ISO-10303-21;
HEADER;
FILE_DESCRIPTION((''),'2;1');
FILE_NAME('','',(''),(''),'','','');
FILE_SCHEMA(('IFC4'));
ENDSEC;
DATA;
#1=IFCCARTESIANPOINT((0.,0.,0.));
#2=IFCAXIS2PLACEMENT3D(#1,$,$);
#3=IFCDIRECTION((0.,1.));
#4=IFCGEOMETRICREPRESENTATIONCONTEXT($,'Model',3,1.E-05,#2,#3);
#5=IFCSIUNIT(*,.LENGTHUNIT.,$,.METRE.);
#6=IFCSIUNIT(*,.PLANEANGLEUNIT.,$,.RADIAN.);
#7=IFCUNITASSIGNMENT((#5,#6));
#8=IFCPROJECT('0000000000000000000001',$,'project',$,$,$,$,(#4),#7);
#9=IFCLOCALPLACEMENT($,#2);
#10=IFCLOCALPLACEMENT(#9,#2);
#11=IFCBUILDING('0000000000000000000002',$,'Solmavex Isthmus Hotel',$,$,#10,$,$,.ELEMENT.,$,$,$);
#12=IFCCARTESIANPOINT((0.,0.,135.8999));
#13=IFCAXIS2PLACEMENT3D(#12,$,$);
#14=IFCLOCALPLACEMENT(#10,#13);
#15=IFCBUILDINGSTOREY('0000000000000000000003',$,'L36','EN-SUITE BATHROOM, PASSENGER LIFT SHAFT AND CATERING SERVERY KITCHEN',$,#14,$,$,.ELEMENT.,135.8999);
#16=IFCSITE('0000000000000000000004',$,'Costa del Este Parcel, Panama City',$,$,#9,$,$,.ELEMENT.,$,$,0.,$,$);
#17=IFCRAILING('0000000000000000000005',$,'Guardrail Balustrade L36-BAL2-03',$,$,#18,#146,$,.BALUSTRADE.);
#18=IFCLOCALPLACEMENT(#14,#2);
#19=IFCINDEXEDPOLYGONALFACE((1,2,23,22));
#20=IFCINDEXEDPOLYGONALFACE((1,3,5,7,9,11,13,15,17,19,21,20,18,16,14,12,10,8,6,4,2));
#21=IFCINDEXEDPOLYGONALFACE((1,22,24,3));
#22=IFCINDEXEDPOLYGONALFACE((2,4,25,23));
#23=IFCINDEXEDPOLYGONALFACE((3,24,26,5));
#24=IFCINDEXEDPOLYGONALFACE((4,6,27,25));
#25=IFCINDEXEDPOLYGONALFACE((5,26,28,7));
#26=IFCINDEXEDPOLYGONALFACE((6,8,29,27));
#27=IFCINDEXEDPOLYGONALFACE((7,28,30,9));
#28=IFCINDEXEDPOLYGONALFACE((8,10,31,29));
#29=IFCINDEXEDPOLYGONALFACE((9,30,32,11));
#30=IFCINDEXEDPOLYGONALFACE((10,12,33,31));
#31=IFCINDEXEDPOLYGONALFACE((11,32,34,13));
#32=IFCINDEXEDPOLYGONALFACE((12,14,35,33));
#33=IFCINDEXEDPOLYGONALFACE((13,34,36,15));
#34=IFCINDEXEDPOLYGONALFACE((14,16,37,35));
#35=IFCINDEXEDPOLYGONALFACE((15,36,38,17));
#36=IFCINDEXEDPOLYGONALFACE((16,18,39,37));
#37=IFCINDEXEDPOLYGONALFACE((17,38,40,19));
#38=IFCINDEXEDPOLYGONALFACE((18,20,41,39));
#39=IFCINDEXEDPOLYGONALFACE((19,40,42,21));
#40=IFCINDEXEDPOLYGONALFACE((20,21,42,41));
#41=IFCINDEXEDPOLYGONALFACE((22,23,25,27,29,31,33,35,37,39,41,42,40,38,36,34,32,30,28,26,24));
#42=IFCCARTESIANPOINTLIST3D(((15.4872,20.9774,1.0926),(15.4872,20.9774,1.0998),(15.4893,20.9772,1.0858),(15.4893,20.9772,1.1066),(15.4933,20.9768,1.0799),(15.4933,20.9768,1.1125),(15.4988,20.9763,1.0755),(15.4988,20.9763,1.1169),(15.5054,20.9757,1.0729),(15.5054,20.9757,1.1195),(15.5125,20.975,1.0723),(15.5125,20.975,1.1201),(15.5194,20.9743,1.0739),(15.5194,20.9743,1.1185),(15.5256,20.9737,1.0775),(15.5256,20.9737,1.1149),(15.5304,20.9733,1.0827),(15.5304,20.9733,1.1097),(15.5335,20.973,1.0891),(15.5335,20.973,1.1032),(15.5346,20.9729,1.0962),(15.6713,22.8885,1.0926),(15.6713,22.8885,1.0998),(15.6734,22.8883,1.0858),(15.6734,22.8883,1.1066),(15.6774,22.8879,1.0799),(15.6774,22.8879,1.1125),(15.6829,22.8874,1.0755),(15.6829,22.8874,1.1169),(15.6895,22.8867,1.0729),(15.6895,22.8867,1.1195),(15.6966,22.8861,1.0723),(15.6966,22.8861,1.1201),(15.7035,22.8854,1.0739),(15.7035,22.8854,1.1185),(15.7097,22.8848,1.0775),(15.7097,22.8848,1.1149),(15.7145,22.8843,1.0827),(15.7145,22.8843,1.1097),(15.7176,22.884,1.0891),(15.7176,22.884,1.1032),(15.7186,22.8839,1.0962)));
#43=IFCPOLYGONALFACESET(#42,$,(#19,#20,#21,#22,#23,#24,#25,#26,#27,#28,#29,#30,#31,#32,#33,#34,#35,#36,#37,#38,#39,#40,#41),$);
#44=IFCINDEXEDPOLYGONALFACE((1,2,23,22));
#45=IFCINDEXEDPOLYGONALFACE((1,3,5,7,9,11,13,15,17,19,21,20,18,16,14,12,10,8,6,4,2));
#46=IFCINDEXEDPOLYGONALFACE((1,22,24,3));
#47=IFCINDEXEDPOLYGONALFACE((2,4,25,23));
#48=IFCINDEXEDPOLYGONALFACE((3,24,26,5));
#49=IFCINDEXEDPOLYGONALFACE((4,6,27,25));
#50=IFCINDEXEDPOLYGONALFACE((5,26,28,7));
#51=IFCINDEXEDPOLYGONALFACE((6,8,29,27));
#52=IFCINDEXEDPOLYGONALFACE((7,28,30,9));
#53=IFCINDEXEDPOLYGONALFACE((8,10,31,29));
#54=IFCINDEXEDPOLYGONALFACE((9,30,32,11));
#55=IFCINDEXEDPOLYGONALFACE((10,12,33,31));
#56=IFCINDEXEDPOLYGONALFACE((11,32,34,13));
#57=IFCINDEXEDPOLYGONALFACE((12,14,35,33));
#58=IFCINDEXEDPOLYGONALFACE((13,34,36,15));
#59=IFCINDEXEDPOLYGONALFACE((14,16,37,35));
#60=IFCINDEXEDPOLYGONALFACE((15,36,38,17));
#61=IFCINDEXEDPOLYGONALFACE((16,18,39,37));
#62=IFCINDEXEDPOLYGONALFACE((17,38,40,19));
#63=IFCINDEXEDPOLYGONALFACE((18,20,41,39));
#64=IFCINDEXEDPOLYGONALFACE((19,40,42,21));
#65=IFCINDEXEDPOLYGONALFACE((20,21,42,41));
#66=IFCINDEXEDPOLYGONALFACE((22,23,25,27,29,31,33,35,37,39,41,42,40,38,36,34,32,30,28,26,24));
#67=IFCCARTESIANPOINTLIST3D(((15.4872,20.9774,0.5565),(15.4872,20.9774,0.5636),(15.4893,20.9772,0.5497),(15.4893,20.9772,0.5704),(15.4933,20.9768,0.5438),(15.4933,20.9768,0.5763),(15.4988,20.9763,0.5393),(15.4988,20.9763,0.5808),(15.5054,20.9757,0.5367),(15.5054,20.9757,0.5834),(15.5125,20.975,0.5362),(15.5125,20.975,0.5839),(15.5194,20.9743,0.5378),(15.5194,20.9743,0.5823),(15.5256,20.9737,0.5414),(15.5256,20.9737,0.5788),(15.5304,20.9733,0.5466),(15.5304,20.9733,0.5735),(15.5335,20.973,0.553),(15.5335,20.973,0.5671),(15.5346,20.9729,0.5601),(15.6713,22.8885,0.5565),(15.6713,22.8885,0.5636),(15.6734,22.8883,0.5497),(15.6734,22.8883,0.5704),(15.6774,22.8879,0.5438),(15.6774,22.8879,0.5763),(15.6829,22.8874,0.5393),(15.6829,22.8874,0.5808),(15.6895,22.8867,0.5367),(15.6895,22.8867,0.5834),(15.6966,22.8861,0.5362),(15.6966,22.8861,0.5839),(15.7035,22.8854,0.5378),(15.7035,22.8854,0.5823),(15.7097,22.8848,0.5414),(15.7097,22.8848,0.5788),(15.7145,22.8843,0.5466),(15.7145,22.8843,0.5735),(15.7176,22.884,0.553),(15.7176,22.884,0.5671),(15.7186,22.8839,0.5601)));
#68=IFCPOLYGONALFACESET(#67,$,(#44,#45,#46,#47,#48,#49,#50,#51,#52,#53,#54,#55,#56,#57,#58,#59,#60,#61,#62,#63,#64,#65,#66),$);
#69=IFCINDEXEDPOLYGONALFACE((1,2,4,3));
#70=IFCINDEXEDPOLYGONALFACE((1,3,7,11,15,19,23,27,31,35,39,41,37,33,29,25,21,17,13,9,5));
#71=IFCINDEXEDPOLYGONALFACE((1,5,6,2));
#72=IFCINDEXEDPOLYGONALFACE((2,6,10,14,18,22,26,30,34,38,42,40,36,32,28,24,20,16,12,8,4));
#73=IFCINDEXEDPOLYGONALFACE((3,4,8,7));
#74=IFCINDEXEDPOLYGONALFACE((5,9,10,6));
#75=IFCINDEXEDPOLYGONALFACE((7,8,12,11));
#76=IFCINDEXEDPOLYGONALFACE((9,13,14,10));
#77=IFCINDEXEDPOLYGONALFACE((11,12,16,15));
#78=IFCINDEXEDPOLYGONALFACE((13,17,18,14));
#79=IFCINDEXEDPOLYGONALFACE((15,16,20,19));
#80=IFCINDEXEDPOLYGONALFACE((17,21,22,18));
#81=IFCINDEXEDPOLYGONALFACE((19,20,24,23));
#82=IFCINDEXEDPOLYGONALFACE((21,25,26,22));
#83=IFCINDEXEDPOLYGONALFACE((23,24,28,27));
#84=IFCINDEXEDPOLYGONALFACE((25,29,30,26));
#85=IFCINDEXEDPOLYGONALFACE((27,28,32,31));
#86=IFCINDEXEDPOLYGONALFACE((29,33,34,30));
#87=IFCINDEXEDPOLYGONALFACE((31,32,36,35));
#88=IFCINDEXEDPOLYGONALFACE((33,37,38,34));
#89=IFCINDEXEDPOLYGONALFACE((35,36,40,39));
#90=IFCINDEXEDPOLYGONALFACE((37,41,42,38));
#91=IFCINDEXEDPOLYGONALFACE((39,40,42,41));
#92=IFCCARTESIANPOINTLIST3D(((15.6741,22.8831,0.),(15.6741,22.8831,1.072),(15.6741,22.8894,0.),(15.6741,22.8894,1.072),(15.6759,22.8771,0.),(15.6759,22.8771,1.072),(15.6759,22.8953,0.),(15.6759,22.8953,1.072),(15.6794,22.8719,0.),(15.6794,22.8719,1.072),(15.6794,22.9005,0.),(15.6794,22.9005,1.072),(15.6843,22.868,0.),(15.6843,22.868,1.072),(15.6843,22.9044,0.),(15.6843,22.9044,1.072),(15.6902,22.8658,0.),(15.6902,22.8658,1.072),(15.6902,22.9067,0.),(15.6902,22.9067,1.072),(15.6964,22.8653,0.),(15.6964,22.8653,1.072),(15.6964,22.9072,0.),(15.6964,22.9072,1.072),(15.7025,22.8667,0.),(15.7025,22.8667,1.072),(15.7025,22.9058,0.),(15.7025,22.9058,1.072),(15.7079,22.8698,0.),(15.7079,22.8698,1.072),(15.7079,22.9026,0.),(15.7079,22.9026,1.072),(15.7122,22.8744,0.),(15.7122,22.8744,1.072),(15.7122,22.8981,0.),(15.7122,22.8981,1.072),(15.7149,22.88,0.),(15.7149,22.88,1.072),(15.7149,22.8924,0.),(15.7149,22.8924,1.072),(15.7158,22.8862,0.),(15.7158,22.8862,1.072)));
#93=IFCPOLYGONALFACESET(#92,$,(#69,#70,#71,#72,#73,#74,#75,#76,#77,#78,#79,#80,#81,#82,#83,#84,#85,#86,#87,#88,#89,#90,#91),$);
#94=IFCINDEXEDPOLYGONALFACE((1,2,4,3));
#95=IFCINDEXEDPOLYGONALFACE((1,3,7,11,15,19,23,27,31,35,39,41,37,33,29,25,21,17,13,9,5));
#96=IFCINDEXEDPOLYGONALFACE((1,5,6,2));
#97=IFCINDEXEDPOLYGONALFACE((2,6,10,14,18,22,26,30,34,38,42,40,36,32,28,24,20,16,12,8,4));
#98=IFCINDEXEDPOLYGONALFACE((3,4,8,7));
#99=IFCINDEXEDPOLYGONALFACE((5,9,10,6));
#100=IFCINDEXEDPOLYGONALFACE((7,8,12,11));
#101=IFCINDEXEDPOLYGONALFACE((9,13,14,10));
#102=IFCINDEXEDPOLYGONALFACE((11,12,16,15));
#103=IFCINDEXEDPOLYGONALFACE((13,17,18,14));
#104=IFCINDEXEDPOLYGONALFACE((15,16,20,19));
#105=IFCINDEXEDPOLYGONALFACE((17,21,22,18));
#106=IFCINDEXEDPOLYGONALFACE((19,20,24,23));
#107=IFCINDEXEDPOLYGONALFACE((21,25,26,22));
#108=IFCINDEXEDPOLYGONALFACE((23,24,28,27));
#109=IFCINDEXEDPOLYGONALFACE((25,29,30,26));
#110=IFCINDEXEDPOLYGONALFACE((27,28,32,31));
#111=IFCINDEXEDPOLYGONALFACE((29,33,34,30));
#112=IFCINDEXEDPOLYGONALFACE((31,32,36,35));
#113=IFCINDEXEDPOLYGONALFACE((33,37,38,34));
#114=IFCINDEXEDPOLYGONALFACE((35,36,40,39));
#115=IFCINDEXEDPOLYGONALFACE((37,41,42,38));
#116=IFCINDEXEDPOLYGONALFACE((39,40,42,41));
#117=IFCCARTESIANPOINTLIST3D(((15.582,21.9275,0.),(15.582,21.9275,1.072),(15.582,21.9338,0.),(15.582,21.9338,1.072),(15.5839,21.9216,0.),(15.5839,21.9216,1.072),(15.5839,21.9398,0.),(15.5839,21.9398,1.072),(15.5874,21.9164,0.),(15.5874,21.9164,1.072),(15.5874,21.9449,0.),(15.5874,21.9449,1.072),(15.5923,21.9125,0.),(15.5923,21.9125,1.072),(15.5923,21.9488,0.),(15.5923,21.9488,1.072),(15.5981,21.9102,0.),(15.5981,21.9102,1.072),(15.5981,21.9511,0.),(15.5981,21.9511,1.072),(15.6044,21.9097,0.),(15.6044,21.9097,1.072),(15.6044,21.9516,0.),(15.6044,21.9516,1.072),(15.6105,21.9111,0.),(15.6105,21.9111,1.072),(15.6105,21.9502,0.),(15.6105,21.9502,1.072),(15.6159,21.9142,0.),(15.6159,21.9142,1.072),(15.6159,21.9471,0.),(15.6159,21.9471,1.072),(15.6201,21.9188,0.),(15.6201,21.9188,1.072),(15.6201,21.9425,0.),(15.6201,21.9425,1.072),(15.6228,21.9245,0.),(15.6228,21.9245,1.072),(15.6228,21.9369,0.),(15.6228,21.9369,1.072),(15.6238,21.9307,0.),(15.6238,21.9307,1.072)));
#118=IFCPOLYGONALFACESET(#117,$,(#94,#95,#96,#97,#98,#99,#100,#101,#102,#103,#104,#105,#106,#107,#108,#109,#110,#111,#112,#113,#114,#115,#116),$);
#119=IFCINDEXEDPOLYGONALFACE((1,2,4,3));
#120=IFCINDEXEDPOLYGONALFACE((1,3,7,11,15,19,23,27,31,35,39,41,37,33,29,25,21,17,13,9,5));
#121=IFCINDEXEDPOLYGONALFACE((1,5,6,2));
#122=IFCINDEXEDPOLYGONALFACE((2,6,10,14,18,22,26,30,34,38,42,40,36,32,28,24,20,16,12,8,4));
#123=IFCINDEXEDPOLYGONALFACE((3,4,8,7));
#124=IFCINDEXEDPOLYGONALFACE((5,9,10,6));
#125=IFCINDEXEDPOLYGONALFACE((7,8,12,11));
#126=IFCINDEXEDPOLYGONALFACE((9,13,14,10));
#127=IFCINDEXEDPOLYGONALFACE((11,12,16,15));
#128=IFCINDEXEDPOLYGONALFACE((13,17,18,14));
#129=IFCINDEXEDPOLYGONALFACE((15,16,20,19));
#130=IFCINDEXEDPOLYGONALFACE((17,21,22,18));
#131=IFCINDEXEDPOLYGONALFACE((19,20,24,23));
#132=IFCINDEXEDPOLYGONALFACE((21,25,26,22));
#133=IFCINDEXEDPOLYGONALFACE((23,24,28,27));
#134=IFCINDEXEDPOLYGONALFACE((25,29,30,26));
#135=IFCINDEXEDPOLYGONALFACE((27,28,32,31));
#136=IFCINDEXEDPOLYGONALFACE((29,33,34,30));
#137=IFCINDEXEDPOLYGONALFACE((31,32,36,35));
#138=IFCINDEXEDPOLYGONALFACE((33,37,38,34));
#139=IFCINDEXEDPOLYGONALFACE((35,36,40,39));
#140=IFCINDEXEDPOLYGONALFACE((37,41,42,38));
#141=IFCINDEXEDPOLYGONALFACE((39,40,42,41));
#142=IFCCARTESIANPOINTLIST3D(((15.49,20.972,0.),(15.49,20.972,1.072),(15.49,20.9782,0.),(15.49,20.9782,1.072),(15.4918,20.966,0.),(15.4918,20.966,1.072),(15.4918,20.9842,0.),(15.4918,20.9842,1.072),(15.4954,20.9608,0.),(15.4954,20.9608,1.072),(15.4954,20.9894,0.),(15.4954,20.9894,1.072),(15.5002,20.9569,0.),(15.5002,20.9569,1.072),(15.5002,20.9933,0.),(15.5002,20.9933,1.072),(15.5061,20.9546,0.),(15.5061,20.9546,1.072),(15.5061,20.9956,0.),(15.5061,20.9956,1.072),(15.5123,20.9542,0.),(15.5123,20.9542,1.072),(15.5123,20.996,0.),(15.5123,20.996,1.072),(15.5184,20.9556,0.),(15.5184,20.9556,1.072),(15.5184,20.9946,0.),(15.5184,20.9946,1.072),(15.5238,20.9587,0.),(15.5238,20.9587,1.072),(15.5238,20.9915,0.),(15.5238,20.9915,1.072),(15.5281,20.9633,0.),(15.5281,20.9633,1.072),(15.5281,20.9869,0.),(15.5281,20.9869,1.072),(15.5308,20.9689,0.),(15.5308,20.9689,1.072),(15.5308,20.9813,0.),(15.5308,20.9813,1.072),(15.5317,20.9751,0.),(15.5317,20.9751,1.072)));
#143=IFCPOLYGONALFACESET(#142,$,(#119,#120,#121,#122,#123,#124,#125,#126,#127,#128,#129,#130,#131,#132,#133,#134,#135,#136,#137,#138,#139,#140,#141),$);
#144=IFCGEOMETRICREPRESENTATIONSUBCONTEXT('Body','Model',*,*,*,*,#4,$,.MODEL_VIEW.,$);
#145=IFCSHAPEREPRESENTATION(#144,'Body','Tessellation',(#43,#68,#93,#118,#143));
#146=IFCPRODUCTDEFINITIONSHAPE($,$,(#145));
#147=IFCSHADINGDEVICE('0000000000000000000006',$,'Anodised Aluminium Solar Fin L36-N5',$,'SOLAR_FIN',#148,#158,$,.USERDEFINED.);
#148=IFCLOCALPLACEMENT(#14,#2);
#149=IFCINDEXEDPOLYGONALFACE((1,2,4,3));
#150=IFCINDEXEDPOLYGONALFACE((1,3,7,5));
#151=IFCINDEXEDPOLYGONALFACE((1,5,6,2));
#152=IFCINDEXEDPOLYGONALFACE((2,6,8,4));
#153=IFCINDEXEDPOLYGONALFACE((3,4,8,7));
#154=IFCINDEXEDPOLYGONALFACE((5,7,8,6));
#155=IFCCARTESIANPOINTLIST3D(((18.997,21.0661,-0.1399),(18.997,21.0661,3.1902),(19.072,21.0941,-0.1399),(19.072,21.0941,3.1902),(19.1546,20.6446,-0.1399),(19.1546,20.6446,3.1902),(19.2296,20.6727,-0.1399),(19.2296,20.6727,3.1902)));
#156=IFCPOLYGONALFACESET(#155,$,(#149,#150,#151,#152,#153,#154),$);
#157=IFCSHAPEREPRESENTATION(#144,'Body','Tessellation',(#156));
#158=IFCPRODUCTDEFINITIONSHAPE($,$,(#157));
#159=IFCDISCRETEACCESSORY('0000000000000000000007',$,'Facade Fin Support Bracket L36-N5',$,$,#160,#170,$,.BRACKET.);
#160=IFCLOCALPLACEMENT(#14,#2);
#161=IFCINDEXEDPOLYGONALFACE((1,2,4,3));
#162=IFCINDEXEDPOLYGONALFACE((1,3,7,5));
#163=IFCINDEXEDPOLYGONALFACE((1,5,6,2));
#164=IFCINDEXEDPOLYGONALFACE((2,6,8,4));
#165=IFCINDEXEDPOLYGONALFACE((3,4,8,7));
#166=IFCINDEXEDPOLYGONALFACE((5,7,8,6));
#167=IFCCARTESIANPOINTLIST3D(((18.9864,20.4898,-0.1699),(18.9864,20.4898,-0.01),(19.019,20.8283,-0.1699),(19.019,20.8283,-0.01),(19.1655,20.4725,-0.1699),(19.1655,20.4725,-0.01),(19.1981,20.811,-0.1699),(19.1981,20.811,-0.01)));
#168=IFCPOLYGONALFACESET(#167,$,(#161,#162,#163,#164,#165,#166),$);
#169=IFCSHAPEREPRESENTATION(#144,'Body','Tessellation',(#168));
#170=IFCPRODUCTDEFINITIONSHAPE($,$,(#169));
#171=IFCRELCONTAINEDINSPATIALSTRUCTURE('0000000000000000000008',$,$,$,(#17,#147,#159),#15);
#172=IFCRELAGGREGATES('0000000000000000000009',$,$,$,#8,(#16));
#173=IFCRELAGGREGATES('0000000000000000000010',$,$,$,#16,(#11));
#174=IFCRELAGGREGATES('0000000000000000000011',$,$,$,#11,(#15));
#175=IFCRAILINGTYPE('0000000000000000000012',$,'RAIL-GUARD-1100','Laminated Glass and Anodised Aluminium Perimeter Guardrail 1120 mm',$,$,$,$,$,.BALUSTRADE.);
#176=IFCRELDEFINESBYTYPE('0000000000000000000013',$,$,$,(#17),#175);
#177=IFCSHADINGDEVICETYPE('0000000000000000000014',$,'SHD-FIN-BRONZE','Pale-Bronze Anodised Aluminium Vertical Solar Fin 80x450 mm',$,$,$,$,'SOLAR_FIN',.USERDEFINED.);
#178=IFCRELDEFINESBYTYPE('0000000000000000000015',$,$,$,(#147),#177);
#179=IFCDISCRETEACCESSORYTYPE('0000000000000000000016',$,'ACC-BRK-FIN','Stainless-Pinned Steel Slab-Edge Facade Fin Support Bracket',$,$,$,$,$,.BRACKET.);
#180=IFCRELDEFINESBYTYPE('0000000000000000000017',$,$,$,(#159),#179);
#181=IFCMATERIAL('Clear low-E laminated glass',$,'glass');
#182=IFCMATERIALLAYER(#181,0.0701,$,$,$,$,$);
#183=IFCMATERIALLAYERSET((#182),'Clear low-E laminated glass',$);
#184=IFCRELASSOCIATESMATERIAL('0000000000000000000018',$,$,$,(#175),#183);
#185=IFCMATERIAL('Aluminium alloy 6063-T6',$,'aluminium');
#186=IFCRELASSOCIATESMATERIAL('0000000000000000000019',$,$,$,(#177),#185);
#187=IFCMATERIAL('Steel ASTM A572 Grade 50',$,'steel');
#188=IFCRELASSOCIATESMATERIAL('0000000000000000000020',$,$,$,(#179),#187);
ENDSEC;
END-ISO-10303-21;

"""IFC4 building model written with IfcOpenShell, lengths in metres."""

from ifc_helpers import new_model, si_unit, direction, frame, origin, origin_2d, place, context, subcontext, project, spatial, rectangle, circle, extrude, material, layer, layer_set, type_object, element, save


model = new_model("IFC4")

# Units and contexts
model_context = context("Model", 3, precision=1e-05, world=origin(), true_north=direction((0.0, 1.0)))
body_context = subcontext(model_context, "Body", "Model", "MODEL_VIEW")
ifc_project = project(units=[si_unit("LENGTHUNIT", "METRE"), si_unit("PLANEANGLEUNIT", "RADIAN")], contexts=[model_context])

# Site, building, storey
site_placement = place(None, origin())
site = spatial("IfcSite", under=ifc_project, at=site_placement, Name="Costa del Este Parcel, Panama City", CompositionType="ELEMENT", RefElevation=0.0)
building_placement = place(site_placement, origin())
building = spatial("IfcBuilding", under=site, at=building_placement, Name="Solmavex Isthmus Hotel", CompositionType="ELEMENT")
storey_placement = place(building_placement, frame((0.0, 0.0, 135.8999)))
storey = spatial("IfcBuildingStorey", under=building, at=storey_placement, Name="L36", Description="EN-SUITE BATHROOM, PASSENGER LIFT SHAFT AND CATERING SERVERY KITCHEN", CompositionType="ELEMENT", Elevation=135.8999)

# Shared definitions
ifc_material_1 = material(Name="Steel ASTM A572 Grade 50", Category="steel")

# Shared definitions
ifc_material_2 = material(Name="Aluminium alloy 6063-T6", Category="aluminium")

# Shared definitions
ifc_material_3 = material(Name="Clear low-E laminated glass", Category="glass")

# Railing
ifc_layer_1 = layer(ifc_material_3, 0.0701)
ifc_layer_set_1 = layer_set([ifc_layer_1], Name="Clear low-E laminated glass")
railing_type = type_object("IfcRailingType", Name="RAIL-GUARD-1100", Description="Laminated Glass and Anodised Aluminium Perimeter Guardrail 1120 mm", PredefinedType="BALUSTRADE", material=ifc_layer_set_1)
railing_placement = place(storey_placement, frame((15.6948, 22.8862, 0.0)))
element("IfcRailing", 1, at=railing_placement, inside=storey, type_object=railing_type, Name="Guardrail Balustrade L36-BAL2-03", PredefinedType="BALUSTRADE", context=body_context, shape_type="SweptSolid", body=[
    extrude(circle(Radius=0.0239, at=origin_2d()), frame((0.0, 0.0, 1.0962), z_axis=(-0.095877, -0.995393, 0.0), x_axis=(0.995393, -0.095877, 0.0)), (0.0, 0.0, 1.0), 1.9199),
    extrude(circle(Radius=0.0239, at=origin_2d()), frame((0.0, 0.0, 0.5601), z_axis=(-0.095877, -0.995393, 0.0), x_axis=(0.995393, -0.095877, 0.0)), (0.0, 0.0, 1.0), 1.9199),
    extrude(circle(Radius=0.021, at=origin_2d()), origin(), (0.0, 0.0, 1.0), 1.072),
    extrude(circle(Radius=0.021, at=origin_2d()), frame((-0.092, -0.9556, 0.0)), (0.0, 0.0, 1.0), 1.072),
    extrude(circle(Radius=0.021, at=origin_2d()), frame((-0.1841, -1.9111, 0.0)), (0.0, 0.0, 1.0), 1.072),
])

# Shading device
shading_device_type = type_object("IfcShadingDeviceType", Name="SHD-FIN-BRONZE", Description="Pale-Bronze Anodised Aluminium Vertical Solar Fin 80x450 mm", ElementType="SOLAR_FIN", PredefinedType="USERDEFINED", material=ifc_material_2)
shading_device_placement = place(storey_placement, frame((19.1133, 20.8694, -0.1399), z_axis=(0.0, 0.0, 1.0), x_axis=(-0.350207, 0.936672, 0.0)))
element("IfcShadingDevice", 2, at=shading_device_placement, inside=storey, type_object=shading_device_type, Name="Anodised Aluminium Solar Fin L36-N5", ObjectType="SOLAR_FIN", PredefinedType="USERDEFINED", context=body_context, shape_type="SweptSolid", body=[
    extrude(rectangle(XDim=0.45, YDim=0.0801, at=origin_2d()), origin(), (0.0, 0.0, 1.0), 3.3301),
])

# Discrete accessory
discrete_accessory_type = type_object("IfcDiscreteAccessoryType", Name="ACC-BRK-FIN", Description="Stainless-Pinned Steel Slab-Edge Facade Fin Support Bracket", PredefinedType="BRACKET", material=ifc_material_1)
discrete_accessory_placement = place(storey_placement, frame((19.0923, 20.6504, -0.1699), z_axis=(0.0, 0.0, 1.0), x_axis=(0.095846, 0.995396, 0.0)))
element("IfcDiscreteAccessory", 3, at=discrete_accessory_placement, inside=storey, type_object=discrete_accessory_type, Name="Facade Fin Support Bracket L36-N5", PredefinedType="BRACKET", context=body_context, shape_type="SweptSolid", body=[
    extrude(rectangle(XDim=0.3401, YDim=0.1799, at=origin_2d()), origin(), (0.0, 0.0, 1.0), 0.1599),
])

save(model, "model.ifc")
